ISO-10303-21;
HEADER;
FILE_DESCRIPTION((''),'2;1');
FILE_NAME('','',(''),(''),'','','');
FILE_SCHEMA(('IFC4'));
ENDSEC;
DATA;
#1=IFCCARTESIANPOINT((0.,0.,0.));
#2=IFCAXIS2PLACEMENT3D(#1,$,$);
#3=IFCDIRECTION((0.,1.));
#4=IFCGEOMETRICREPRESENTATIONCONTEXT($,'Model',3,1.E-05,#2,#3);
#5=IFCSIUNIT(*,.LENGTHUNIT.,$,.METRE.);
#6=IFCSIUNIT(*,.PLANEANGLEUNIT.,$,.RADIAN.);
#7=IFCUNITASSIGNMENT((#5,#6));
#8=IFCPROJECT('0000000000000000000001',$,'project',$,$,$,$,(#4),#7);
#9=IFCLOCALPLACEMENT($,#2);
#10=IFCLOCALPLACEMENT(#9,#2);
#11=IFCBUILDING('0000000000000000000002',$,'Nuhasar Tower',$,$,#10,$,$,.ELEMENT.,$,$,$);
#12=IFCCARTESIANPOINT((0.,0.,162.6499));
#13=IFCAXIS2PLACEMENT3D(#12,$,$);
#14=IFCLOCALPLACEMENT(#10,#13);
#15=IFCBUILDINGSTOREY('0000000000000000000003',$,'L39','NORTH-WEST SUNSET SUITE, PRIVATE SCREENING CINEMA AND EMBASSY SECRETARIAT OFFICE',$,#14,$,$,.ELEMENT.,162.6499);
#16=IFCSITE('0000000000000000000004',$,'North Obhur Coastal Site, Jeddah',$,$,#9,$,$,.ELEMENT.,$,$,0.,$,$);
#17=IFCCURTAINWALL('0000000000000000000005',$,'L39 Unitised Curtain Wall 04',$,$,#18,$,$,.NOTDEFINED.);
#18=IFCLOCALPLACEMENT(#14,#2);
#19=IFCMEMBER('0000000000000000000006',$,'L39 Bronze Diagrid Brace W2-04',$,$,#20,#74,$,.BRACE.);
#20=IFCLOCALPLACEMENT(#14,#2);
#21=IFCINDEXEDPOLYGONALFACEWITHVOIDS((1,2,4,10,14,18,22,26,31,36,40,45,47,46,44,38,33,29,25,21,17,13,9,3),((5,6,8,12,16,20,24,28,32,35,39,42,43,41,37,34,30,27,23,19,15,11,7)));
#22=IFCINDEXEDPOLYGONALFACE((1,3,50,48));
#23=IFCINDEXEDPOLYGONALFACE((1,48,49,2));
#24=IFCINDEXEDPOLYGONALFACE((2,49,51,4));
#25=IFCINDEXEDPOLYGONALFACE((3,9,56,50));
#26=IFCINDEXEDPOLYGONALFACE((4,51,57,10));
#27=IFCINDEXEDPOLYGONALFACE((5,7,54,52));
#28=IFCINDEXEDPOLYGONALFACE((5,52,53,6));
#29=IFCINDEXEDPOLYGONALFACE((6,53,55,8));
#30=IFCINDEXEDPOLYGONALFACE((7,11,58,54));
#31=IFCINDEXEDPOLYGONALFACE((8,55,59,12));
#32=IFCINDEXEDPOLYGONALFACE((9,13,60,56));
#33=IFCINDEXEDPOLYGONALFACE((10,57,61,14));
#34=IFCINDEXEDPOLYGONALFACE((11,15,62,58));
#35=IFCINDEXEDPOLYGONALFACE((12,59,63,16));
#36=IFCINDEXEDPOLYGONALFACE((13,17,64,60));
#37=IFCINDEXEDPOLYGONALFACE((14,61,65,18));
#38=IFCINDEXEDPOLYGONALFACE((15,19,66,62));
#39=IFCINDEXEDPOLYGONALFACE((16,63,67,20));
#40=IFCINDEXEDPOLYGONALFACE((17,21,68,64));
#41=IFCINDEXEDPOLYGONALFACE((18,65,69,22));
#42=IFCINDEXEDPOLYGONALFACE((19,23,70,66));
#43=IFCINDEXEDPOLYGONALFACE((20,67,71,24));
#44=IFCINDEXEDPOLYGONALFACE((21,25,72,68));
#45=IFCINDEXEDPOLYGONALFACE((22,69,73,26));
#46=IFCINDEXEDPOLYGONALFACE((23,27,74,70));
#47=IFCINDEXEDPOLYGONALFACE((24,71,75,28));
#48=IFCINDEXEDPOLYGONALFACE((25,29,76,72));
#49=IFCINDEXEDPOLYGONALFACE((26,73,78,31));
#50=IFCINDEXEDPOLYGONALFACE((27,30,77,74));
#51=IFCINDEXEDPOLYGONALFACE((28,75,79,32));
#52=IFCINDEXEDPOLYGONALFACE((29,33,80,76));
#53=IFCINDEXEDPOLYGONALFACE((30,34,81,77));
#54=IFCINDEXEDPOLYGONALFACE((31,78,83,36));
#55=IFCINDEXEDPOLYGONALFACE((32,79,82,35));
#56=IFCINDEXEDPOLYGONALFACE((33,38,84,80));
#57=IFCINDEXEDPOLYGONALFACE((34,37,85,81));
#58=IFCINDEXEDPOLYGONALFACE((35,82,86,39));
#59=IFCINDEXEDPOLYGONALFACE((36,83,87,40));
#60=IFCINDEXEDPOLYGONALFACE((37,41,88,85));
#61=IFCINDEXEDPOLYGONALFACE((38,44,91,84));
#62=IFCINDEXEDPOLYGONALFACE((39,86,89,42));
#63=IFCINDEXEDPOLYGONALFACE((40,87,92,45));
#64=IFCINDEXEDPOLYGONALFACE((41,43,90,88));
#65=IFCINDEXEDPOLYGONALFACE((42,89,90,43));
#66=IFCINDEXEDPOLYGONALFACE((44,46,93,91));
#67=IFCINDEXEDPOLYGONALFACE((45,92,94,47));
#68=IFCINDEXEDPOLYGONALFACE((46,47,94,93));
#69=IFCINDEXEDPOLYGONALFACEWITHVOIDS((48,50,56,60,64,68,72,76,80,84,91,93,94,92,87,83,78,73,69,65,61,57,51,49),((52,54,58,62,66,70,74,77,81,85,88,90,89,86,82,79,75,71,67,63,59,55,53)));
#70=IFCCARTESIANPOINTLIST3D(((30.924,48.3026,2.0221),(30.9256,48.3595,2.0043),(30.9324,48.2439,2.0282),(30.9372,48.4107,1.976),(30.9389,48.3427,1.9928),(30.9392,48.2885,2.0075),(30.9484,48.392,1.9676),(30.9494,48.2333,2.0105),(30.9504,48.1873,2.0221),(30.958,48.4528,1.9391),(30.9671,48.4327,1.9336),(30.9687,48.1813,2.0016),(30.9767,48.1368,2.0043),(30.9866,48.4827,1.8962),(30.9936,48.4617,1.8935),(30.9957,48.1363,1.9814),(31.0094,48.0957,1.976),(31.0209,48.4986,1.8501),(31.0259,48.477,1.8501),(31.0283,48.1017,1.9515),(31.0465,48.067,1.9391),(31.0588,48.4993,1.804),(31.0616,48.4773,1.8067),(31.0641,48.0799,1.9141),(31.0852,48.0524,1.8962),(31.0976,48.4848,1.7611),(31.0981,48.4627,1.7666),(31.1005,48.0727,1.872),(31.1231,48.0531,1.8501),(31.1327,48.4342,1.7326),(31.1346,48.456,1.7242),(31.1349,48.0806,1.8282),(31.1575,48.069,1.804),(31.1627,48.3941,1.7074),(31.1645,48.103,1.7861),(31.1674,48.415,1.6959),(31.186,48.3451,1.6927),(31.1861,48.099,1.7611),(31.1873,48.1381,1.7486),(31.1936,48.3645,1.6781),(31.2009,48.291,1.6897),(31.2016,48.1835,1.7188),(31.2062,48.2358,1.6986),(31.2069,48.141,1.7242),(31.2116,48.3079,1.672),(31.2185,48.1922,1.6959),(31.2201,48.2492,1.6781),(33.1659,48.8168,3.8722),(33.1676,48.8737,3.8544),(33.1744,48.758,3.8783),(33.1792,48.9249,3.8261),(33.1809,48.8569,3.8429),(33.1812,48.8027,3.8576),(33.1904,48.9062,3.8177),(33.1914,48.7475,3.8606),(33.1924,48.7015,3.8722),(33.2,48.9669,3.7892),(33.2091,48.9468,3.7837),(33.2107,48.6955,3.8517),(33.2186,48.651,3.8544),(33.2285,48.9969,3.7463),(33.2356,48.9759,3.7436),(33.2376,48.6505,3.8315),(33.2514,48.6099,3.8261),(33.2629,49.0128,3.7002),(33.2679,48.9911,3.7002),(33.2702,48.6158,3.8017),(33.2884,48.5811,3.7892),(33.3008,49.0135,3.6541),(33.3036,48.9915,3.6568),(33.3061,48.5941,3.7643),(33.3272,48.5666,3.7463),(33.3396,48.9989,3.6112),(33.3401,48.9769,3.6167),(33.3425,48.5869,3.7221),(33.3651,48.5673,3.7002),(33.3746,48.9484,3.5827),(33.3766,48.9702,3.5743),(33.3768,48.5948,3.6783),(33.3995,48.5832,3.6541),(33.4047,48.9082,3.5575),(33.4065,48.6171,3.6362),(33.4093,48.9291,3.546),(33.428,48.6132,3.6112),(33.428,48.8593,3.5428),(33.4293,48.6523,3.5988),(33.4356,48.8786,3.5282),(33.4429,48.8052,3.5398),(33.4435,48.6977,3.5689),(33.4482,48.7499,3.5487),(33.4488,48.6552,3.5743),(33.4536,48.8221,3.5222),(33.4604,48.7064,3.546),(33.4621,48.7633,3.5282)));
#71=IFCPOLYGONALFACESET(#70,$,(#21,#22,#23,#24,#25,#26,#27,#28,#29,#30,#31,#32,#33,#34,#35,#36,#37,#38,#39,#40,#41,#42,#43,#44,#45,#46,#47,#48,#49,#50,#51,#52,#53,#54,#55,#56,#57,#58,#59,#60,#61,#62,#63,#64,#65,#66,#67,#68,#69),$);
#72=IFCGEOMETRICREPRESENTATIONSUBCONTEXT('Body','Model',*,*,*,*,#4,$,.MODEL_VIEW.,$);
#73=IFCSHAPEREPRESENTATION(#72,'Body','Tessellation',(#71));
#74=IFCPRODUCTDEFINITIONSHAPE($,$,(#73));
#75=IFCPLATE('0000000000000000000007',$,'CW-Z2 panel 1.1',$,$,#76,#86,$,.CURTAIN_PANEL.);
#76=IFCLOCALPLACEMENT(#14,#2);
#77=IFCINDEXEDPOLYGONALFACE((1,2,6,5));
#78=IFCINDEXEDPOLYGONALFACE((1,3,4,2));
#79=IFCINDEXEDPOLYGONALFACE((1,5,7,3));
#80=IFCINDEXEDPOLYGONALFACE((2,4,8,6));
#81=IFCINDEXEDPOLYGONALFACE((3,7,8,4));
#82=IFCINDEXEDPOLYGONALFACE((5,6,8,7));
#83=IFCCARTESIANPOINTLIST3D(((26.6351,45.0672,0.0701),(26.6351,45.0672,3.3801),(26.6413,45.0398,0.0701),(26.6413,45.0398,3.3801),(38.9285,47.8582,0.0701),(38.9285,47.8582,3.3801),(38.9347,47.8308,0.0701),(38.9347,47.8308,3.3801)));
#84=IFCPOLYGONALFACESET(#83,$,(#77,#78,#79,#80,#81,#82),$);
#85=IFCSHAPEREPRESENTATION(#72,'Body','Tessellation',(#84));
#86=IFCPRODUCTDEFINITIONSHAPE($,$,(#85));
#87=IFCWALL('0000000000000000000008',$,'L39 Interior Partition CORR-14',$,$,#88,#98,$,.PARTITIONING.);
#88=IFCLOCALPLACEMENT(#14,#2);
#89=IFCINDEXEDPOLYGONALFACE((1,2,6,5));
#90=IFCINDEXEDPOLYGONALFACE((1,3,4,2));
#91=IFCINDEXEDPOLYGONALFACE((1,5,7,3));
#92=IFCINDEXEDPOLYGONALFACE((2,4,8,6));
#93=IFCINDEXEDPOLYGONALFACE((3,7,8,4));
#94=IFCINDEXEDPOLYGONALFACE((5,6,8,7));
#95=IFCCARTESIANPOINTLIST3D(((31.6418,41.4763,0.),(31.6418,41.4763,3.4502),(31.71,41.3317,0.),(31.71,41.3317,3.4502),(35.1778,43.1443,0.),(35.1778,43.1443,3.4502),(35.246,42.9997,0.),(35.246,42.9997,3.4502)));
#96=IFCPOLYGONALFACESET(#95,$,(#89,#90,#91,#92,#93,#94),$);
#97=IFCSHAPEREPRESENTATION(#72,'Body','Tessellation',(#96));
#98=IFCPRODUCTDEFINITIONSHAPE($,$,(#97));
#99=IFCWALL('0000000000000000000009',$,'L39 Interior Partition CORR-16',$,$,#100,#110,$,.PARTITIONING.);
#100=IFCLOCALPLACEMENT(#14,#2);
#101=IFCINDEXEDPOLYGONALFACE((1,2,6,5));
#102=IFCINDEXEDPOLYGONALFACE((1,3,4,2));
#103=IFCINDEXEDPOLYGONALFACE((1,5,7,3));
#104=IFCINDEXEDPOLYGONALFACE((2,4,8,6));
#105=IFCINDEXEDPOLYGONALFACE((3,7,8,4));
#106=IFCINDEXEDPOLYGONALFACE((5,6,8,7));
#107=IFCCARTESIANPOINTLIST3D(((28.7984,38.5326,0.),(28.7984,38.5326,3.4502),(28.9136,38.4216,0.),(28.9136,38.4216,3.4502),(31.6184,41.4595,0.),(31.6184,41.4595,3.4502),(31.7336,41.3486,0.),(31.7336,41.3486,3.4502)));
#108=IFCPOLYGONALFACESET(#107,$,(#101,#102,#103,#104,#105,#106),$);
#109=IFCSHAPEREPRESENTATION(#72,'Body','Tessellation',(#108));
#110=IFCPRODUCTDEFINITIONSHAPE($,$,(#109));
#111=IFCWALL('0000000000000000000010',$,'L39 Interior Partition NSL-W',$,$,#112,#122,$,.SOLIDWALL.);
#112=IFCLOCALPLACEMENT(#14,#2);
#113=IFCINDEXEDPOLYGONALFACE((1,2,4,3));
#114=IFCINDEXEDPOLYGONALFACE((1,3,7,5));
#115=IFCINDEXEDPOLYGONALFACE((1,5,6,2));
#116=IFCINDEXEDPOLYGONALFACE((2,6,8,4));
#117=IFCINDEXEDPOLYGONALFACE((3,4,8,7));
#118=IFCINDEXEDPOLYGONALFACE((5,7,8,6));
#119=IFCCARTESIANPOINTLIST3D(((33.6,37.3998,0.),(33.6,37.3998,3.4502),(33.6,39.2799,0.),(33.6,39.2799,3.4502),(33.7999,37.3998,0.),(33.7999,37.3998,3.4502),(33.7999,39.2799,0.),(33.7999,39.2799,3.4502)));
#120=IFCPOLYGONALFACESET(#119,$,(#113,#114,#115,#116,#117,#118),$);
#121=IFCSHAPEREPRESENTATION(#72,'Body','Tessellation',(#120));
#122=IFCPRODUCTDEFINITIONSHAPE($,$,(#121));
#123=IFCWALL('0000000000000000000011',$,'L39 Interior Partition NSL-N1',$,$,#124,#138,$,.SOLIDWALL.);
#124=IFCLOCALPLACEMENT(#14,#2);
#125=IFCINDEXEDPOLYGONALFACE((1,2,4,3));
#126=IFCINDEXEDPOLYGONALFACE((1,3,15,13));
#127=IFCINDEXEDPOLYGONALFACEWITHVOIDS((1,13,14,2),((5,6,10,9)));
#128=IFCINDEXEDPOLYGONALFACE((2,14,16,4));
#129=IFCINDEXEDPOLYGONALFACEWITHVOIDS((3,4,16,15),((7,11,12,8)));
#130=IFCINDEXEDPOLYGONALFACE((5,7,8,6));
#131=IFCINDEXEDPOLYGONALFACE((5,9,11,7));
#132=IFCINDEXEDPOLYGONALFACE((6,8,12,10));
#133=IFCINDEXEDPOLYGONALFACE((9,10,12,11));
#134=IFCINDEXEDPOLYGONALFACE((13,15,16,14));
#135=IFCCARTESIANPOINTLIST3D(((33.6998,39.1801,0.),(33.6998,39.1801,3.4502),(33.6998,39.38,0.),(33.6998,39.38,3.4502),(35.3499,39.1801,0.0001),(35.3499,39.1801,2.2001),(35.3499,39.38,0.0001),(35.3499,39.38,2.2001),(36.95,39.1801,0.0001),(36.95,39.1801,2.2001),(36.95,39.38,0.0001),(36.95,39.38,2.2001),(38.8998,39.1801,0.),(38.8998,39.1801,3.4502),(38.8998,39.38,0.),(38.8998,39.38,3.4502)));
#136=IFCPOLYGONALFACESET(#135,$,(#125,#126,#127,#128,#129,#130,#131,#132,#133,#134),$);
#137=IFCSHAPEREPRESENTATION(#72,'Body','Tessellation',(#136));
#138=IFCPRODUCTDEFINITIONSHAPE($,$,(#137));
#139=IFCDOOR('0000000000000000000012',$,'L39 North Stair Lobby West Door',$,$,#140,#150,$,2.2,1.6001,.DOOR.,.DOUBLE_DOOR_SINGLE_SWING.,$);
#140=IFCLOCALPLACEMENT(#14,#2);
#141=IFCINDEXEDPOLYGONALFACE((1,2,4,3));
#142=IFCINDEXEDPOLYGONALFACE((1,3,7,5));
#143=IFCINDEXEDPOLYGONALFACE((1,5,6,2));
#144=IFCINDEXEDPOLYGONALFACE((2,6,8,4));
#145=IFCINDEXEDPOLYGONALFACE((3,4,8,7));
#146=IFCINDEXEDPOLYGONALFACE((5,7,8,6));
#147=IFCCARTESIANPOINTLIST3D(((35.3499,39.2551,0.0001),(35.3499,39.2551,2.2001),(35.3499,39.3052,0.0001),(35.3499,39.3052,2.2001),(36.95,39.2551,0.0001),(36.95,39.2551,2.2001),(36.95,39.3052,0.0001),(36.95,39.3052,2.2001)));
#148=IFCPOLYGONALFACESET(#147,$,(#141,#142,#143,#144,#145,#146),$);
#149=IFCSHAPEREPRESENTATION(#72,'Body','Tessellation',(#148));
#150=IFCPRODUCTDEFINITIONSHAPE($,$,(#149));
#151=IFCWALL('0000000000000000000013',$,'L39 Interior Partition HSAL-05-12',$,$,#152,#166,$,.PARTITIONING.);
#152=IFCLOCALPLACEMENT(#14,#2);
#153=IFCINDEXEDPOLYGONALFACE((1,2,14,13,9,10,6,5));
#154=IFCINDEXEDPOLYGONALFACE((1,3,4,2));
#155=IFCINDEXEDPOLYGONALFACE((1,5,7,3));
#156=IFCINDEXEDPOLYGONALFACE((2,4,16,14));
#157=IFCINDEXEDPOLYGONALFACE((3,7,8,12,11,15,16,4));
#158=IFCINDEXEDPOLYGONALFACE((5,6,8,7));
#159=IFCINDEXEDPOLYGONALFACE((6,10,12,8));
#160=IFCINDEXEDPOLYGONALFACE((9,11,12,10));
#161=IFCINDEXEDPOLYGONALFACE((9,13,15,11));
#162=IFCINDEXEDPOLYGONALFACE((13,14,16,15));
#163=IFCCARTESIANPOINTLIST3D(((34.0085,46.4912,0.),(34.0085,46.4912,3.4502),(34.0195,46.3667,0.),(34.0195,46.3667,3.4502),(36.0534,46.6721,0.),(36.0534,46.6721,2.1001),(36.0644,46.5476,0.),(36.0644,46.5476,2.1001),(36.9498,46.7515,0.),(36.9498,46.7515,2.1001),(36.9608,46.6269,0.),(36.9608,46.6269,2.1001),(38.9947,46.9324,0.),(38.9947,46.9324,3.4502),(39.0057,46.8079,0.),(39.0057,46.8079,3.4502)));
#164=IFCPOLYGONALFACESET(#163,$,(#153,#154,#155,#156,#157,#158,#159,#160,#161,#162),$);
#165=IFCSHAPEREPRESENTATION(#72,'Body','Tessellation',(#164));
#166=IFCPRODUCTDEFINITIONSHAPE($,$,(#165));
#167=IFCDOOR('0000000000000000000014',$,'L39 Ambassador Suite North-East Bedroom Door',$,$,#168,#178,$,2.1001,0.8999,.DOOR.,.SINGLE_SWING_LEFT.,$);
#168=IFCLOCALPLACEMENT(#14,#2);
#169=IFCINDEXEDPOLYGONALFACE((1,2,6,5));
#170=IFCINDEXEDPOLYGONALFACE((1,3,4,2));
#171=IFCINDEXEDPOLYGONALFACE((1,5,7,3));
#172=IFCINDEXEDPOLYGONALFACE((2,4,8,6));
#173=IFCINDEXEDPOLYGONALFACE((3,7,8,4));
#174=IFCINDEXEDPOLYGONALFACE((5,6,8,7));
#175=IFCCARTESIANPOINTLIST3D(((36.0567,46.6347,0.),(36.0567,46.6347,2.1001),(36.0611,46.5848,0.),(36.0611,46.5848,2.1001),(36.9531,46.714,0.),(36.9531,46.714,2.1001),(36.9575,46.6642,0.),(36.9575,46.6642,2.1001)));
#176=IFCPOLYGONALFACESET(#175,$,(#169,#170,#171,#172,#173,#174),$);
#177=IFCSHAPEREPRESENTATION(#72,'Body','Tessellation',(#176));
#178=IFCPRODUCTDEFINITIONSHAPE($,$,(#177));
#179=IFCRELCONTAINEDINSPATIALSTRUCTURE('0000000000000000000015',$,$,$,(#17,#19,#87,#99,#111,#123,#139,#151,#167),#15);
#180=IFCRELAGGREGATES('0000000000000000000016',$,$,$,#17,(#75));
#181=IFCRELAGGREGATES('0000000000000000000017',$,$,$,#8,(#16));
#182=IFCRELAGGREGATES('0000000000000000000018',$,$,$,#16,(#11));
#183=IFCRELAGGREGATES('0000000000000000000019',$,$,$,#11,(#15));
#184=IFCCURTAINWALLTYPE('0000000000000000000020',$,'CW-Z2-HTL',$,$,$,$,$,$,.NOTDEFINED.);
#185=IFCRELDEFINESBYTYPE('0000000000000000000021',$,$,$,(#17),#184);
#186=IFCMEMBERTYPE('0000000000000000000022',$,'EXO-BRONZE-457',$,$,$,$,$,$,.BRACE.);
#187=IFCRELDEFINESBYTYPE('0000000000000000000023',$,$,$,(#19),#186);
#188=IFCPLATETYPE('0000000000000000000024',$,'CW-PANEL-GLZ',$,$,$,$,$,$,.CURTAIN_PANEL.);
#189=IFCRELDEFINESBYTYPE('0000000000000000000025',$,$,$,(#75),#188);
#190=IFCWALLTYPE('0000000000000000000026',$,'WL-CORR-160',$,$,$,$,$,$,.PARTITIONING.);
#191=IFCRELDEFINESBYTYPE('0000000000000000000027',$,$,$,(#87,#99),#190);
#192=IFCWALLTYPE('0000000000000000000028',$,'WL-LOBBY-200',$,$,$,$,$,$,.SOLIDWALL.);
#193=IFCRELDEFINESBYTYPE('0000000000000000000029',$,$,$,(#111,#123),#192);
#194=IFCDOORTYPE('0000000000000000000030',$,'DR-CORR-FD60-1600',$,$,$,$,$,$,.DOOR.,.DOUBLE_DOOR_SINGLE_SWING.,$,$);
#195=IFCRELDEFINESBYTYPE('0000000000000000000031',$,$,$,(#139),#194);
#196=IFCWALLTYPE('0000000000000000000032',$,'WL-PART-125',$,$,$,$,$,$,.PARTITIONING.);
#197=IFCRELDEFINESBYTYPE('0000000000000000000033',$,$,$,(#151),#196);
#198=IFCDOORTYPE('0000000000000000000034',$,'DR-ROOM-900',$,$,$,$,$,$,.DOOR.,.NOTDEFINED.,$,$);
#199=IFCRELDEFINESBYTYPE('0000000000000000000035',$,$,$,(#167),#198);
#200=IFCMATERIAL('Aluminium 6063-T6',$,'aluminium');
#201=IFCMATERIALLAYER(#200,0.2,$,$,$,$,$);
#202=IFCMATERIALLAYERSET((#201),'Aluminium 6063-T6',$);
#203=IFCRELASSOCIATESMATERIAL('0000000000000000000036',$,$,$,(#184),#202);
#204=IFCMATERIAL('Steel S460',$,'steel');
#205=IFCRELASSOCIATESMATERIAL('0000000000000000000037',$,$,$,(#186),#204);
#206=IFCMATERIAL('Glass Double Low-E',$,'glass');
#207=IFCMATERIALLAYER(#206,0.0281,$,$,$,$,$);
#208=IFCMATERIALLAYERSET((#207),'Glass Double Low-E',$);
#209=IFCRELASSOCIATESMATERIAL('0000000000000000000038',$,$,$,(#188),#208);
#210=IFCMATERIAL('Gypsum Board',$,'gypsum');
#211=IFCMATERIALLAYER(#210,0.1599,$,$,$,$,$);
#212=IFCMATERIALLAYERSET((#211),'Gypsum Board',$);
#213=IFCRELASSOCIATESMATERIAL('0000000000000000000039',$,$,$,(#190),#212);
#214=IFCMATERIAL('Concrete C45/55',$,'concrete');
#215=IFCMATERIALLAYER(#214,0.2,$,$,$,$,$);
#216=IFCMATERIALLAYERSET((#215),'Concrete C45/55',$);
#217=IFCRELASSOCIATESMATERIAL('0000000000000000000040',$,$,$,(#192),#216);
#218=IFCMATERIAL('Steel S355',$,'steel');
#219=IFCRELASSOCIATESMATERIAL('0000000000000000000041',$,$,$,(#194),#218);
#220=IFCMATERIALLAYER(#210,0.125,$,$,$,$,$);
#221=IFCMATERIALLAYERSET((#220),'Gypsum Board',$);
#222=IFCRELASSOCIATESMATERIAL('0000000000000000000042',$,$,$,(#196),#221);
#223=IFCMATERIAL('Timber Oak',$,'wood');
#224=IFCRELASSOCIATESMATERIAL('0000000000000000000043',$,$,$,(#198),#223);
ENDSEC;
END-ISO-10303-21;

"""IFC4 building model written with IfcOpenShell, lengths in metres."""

from ifc_helpers import new_model, si_unit, direction, frame, frame_2d, origin, origin_2d, place, context, subcontext, project, spatial, rectangle, hollow_circle, extrude, material, layer, layer_set, material_profile, profile_set, type_object, element, fill, aggregate, save


model = new_model("IFC4")

# Units and contexts
model_context = context("Model", 3, precision=1e-05, world=origin(), true_north=direction((0.0, 1.0)))
body_context = subcontext(model_context, "Body", "Model", "MODEL_VIEW")
ifc_project = project(units=[si_unit("LENGTHUNIT", "METRE"), si_unit("PLANEANGLEUNIT", "RADIAN")], contexts=[model_context])

# Site, building, storey
site_placement = place(None, origin())
site = spatial("IfcSite", under=ifc_project, at=site_placement, Name="North Obhur Coastal Site, Jeddah", CompositionType="ELEMENT", RefElevation=0.0)
building_placement = place(site_placement, origin())
building = spatial("IfcBuilding", under=site, at=building_placement, Name="Nuhasar Tower", CompositionType="ELEMENT")
storey_placement = place(building_placement, frame((0.0, 0.0, 162.6499)))
storey = spatial("IfcBuildingStorey", under=building, at=storey_placement, Name="L39", Description="NORTH-WEST SUNSET SUITE, PRIVATE SCREENING CINEMA AND EMBASSY SECRETARIAT OFFICE", CompositionType="ELEMENT", Elevation=162.6499)

# Shared definitions
ifc_material_1 = material(Name="Steel S355", Category="steel")

# Curtain wall
ifc_material_2 = material(Name="Aluminium 6063-T6", Category="aluminium")
ifc_layer_1 = layer(ifc_material_2, 0.2)
ifc_layer_set_1 = layer_set([ifc_layer_1], Name="Aluminium 6063-T6")
curtain_wall_type = type_object("IfcCurtainWallType", Name="CW-Z2-HTL", PredefinedType="NOTDEFINED", material=ifc_layer_set_1)
curtain_wall_placement = place(storey_placement, origin())
curtain_wall = element("IfcCurtainWall", 1, at=curtain_wall_placement, inside=storey, type_object=curtain_wall_type, Name="L39 Unitised Curtain Wall 04", PredefinedType="NOTDEFINED")

# Member
ifc_material_3 = material(Name="Steel S460", Category="steel")
ifc_material_profile_1 = material_profile(ifc_material_3, hollow_circle(Radius=0.2285, WallThickness=0.0222, at=origin_2d()), Name="HSS457X22.2")
ifc_profile_set_1 = profile_set([ifc_material_profile_1], Name="Steel S460")
member_type_1 = type_object("IfcMemberType", Name="EXO-BRONZE-457", PredefinedType="BRACE", material=ifc_profile_set_1)
for number, where, z_axis, x_axis, name in (
    (2, (31.072, 48.2759, 1.8501), (0.7595, 0.174181, 0.626755), (-0.223534, 0.974696, 0.0), "L39 Bronze Diagrid Brace W2-04"),
):
    element("IfcMember", number, at=place(storey_placement, frame(where, z_axis=z_axis, x_axis=x_axis)), inside=storey, type_object=member_type_1, Name=name, PredefinedType="BRACE", context=body_context, shape_type="SweptSolid", body=[
        extrude(hollow_circle(Radius=0.2285, WallThickness=0.0222, at=origin_2d()), origin(), (0.0, 0.0, 1.0), 2.9519),
    ])

# Plate
ifc_material_4 = material(Name="Glass Double Low-E", Category="glass")
ifc_layer_2 = layer(ifc_material_4, 0.0281)
ifc_layer_set_2 = layer_set([ifc_layer_2], Name="Glass Double Low-E")
plate_type = type_object("IfcPlateType", Name="CW-PANEL-GLZ", PredefinedType="CURTAIN_PANEL", material=ifc_layer_set_2)
plate_placement = place(storey_placement, frame((32.7849, 46.449, 0.0701), z_axis=(0.0, 0.0, 1.0), x_axis=(-0.975184, -0.221397, 0.0)))
plate = element("IfcPlate", 3, at=plate_placement, type_object=plate_type, Name="CW-Z2 panel 1.1", PredefinedType="CURTAIN_PANEL", context=body_context, shape_type="SweptSolid", body=[
    extrude(rectangle(XDim=12.6062, YDim=0.0281, at=origin_2d()), origin(), (0.0, 0.0, 1.0), 3.3101),
])
aggregate(curtain_wall, [plate])

# Shared definitions
ifc_material_5 = material(Name="Gypsum Board", Category="gypsum")
ifc_layer_3 = layer(ifc_material_5, 0.1599)
ifc_layer_set_3 = layer_set([ifc_layer_3], Name="Gypsum Board")
wall_type_1 = type_object("IfcWallType", Name="WL-CORR-160", PredefinedType="PARTITIONING", material=ifc_layer_set_3)
ifc_material_6 = material(Name="Timber Oak", Category="wood")

# Walls
wall_1_placement = place(storey_placement, frame((35.2119, 43.072, 0.0), z_axis=(0.0, 0.0, 1.0), x_axis=(-0.904422, -0.426639, 0.0)))
element("IfcWall", 4, at=wall_1_placement, inside=storey, type_object=wall_type_1, Name="L39 Interior Partition CORR-14", PredefinedType="PARTITIONING", context=body_context, shape_type="SweptSolid", body=[
    extrude(rectangle(XDim=3.9097, YDim=0.1599, at=frame_2d((1.9548, 0.0))), origin(), (0.0, 0.0, 1.0), 3.4502),
])
wall_2_placement = place(storey_placement, frame((31.676, 41.4041, 0.0), z_axis=(0.0, 0.0, 1.0), x_axis=(-0.69383, -0.720139, 0.0)))
element("IfcWall", 5, at=wall_2_placement, inside=storey, type_object=wall_type_1, Name="L39 Interior Partition CORR-16", PredefinedType="PARTITIONING", context=body_context, shape_type="SweptSolid", body=[
    extrude(rectangle(XDim=4.0645, YDim=0.1599, at=frame_2d((2.0322, 0.0))), origin(), (0.0, 0.0, 1.0), 3.4502),
])
ifc_material_7 = material(Name="Concrete C45/55", Category="concrete")
ifc_layer_4 = layer(ifc_material_7, 0.2)
ifc_layer_set_4 = layer_set([ifc_layer_4], Name="Concrete C45/55")
wall_type_2 = type_object("IfcWallType", Name="WL-LOBBY-200", PredefinedType="SOLIDWALL", material=ifc_layer_set_4)
wall_3_placement = place(storey_placement, frame((33.7, 37.3999, 0.0), z_axis=(0.0, 0.0, 1.0), x_axis=(0.0, 1.0, 0.0)))
element("IfcWall", 6, at=wall_3_placement, inside=storey, type_object=wall_type_2, Name="L39 Interior Partition NSL-W", PredefinedType="SOLIDWALL", context=body_context, shape_type="SweptSolid", body=[
    extrude(rectangle(XDim=1.8801, YDim=0.2, at=frame_2d((0.9399, 0.0))), origin(), (0.0, 0.0, 1.0), 3.4502),
])

# Walls, openings, doors
wall_4_placement = place(storey_placement, frame((38.8999, 39.28, 0.0), z_axis=(0.0, 0.0, 1.0), x_axis=(-1.0, 0.0, 0.0)))
wall_4 = element("IfcWall", 7, at=wall_4_placement, inside=storey, type_object=wall_type_2, Name="L39 Interior Partition NSL-N1", PredefinedType="SOLIDWALL", context=body_context, shape_type="SweptSolid", body=[
    extrude(rectangle(XDim=5.2, YDim=0.2, at=frame_2d((2.6001, 0.0))), origin(), (0.0, 0.0, 1.0), 3.4502),
])
opening_1_placement = place(wall_4_placement, frame((1.95, 0.0, 0.0)))
opening_1 = element("IfcOpeningElement", 8, at=opening_1_placement, cuts=wall_4, PredefinedType="OPENING", context=body_context, shape_type="SweptSolid", body=[
    extrude(rectangle(XDim=1.6001, YDim=2.2, at=frame_2d((0.8, 1.1001))), frame((0.0, 0.1099, 0.0), z_axis=(0.0, -1.0, 0.0), x_axis=(1.0, 0.0, 0.0)), (0.0, 0.0, 1.0), 0.22),
])
door_type_1 = type_object("IfcDoorType", Name="DR-CORR-FD60-1600", OperationType="DOUBLE_DOOR_SINGLE_SWING", PredefinedType="DOOR", material=ifc_material_1)
door_1_placement = place(opening_1_placement, origin())
door_1 = element("IfcDoor", 9, at=door_1_placement, inside=storey, type_object=door_type_1, Name="L39 North Stair Lobby West Door", OperationType="DOUBLE_DOOR_SINGLE_SWING", OverallHeight=2.2, OverallWidth=1.6001, PredefinedType="DOOR", context=body_context, shape_type="SweptSolid", body=[
    extrude(rectangle(XDim=1.6001, YDim=2.2, at=frame_2d((0.8, 1.1001))), frame((0.0, 0.0249, 0.0), z_axis=(0.0, -1.0, 0.0), x_axis=(1.0, 0.0, 0.0)), (0.0, 0.0, 1.0), 0.05),
])
fill(opening_1, door_1)
ifc_layer_5 = layer(ifc_material_5, 0.125)
ifc_layer_set_5 = layer_set([ifc_layer_5], Name="Gypsum Board")
wall_type_3 = type_object("IfcWallType", Name="WL-PART-125", PredefinedType="PARTITIONING", material=ifc_layer_set_5)
wall_5_placement = place(storey_placement, frame((34.0139, 46.429, 0.0), z_axis=(0.0, 0.0, 1.0), x_axis=(0.996109, 0.088134, 0.0)))
wall_5 = element("IfcWall", 10, at=wall_5_placement, inside=storey, type_object=wall_type_3, Name="L39 Interior Partition HSAL-05-12", PredefinedType="PARTITIONING", context=body_context, shape_type="SweptSolid", body=[
    extrude(rectangle(XDim=5.0056, YDim=0.125, at=frame_2d((2.5029, 0.0))), origin(), (0.0, 0.0, 1.0), 3.4502),
])
opening_2_placement = place(wall_5_placement, frame((2.053, 0.0, 0.0)))
opening_2 = element("IfcOpeningElement", 11, at=opening_2_placement, cuts=wall_5, PredefinedType="OPENING", context=body_context, shape_type="SweptSolid", body=[
    extrude(rectangle(XDim=0.8999, YDim=2.1001, at=frame_2d((0.45, 1.05))), frame((0.0, 0.0725, 0.0), z_axis=(0.0, -1.0, 0.0), x_axis=(1.0, 0.0, 0.0)), (0.0, 0.0, 1.0), 0.145),
])
door_type_2 = type_object("IfcDoorType", Name="DR-ROOM-900", OperationType="NOTDEFINED", PredefinedType="DOOR", material=ifc_material_6)
door_2_placement = place(opening_2_placement, origin())
door_2 = element("IfcDoor", 12, at=door_2_placement, inside=storey, type_object=door_type_2, Name="L39 Ambassador Suite North-East Bedroom Door", OperationType="SINGLE_SWING_LEFT", OverallHeight=2.1001, OverallWidth=0.8999, PredefinedType="DOOR", context=body_context, shape_type="SweptSolid", body=[
    extrude(rectangle(XDim=0.8999, YDim=2.1001, at=frame_2d((0.45, 1.05))), frame((0.0, 0.0249, 0.0), z_axis=(0.0, -1.0, 0.0), x_axis=(1.0, 0.0, 0.0)), (0.0, 0.0, 1.0), 0.05),
])
fill(opening_2, door_2)

save(model, "model.ifc")
